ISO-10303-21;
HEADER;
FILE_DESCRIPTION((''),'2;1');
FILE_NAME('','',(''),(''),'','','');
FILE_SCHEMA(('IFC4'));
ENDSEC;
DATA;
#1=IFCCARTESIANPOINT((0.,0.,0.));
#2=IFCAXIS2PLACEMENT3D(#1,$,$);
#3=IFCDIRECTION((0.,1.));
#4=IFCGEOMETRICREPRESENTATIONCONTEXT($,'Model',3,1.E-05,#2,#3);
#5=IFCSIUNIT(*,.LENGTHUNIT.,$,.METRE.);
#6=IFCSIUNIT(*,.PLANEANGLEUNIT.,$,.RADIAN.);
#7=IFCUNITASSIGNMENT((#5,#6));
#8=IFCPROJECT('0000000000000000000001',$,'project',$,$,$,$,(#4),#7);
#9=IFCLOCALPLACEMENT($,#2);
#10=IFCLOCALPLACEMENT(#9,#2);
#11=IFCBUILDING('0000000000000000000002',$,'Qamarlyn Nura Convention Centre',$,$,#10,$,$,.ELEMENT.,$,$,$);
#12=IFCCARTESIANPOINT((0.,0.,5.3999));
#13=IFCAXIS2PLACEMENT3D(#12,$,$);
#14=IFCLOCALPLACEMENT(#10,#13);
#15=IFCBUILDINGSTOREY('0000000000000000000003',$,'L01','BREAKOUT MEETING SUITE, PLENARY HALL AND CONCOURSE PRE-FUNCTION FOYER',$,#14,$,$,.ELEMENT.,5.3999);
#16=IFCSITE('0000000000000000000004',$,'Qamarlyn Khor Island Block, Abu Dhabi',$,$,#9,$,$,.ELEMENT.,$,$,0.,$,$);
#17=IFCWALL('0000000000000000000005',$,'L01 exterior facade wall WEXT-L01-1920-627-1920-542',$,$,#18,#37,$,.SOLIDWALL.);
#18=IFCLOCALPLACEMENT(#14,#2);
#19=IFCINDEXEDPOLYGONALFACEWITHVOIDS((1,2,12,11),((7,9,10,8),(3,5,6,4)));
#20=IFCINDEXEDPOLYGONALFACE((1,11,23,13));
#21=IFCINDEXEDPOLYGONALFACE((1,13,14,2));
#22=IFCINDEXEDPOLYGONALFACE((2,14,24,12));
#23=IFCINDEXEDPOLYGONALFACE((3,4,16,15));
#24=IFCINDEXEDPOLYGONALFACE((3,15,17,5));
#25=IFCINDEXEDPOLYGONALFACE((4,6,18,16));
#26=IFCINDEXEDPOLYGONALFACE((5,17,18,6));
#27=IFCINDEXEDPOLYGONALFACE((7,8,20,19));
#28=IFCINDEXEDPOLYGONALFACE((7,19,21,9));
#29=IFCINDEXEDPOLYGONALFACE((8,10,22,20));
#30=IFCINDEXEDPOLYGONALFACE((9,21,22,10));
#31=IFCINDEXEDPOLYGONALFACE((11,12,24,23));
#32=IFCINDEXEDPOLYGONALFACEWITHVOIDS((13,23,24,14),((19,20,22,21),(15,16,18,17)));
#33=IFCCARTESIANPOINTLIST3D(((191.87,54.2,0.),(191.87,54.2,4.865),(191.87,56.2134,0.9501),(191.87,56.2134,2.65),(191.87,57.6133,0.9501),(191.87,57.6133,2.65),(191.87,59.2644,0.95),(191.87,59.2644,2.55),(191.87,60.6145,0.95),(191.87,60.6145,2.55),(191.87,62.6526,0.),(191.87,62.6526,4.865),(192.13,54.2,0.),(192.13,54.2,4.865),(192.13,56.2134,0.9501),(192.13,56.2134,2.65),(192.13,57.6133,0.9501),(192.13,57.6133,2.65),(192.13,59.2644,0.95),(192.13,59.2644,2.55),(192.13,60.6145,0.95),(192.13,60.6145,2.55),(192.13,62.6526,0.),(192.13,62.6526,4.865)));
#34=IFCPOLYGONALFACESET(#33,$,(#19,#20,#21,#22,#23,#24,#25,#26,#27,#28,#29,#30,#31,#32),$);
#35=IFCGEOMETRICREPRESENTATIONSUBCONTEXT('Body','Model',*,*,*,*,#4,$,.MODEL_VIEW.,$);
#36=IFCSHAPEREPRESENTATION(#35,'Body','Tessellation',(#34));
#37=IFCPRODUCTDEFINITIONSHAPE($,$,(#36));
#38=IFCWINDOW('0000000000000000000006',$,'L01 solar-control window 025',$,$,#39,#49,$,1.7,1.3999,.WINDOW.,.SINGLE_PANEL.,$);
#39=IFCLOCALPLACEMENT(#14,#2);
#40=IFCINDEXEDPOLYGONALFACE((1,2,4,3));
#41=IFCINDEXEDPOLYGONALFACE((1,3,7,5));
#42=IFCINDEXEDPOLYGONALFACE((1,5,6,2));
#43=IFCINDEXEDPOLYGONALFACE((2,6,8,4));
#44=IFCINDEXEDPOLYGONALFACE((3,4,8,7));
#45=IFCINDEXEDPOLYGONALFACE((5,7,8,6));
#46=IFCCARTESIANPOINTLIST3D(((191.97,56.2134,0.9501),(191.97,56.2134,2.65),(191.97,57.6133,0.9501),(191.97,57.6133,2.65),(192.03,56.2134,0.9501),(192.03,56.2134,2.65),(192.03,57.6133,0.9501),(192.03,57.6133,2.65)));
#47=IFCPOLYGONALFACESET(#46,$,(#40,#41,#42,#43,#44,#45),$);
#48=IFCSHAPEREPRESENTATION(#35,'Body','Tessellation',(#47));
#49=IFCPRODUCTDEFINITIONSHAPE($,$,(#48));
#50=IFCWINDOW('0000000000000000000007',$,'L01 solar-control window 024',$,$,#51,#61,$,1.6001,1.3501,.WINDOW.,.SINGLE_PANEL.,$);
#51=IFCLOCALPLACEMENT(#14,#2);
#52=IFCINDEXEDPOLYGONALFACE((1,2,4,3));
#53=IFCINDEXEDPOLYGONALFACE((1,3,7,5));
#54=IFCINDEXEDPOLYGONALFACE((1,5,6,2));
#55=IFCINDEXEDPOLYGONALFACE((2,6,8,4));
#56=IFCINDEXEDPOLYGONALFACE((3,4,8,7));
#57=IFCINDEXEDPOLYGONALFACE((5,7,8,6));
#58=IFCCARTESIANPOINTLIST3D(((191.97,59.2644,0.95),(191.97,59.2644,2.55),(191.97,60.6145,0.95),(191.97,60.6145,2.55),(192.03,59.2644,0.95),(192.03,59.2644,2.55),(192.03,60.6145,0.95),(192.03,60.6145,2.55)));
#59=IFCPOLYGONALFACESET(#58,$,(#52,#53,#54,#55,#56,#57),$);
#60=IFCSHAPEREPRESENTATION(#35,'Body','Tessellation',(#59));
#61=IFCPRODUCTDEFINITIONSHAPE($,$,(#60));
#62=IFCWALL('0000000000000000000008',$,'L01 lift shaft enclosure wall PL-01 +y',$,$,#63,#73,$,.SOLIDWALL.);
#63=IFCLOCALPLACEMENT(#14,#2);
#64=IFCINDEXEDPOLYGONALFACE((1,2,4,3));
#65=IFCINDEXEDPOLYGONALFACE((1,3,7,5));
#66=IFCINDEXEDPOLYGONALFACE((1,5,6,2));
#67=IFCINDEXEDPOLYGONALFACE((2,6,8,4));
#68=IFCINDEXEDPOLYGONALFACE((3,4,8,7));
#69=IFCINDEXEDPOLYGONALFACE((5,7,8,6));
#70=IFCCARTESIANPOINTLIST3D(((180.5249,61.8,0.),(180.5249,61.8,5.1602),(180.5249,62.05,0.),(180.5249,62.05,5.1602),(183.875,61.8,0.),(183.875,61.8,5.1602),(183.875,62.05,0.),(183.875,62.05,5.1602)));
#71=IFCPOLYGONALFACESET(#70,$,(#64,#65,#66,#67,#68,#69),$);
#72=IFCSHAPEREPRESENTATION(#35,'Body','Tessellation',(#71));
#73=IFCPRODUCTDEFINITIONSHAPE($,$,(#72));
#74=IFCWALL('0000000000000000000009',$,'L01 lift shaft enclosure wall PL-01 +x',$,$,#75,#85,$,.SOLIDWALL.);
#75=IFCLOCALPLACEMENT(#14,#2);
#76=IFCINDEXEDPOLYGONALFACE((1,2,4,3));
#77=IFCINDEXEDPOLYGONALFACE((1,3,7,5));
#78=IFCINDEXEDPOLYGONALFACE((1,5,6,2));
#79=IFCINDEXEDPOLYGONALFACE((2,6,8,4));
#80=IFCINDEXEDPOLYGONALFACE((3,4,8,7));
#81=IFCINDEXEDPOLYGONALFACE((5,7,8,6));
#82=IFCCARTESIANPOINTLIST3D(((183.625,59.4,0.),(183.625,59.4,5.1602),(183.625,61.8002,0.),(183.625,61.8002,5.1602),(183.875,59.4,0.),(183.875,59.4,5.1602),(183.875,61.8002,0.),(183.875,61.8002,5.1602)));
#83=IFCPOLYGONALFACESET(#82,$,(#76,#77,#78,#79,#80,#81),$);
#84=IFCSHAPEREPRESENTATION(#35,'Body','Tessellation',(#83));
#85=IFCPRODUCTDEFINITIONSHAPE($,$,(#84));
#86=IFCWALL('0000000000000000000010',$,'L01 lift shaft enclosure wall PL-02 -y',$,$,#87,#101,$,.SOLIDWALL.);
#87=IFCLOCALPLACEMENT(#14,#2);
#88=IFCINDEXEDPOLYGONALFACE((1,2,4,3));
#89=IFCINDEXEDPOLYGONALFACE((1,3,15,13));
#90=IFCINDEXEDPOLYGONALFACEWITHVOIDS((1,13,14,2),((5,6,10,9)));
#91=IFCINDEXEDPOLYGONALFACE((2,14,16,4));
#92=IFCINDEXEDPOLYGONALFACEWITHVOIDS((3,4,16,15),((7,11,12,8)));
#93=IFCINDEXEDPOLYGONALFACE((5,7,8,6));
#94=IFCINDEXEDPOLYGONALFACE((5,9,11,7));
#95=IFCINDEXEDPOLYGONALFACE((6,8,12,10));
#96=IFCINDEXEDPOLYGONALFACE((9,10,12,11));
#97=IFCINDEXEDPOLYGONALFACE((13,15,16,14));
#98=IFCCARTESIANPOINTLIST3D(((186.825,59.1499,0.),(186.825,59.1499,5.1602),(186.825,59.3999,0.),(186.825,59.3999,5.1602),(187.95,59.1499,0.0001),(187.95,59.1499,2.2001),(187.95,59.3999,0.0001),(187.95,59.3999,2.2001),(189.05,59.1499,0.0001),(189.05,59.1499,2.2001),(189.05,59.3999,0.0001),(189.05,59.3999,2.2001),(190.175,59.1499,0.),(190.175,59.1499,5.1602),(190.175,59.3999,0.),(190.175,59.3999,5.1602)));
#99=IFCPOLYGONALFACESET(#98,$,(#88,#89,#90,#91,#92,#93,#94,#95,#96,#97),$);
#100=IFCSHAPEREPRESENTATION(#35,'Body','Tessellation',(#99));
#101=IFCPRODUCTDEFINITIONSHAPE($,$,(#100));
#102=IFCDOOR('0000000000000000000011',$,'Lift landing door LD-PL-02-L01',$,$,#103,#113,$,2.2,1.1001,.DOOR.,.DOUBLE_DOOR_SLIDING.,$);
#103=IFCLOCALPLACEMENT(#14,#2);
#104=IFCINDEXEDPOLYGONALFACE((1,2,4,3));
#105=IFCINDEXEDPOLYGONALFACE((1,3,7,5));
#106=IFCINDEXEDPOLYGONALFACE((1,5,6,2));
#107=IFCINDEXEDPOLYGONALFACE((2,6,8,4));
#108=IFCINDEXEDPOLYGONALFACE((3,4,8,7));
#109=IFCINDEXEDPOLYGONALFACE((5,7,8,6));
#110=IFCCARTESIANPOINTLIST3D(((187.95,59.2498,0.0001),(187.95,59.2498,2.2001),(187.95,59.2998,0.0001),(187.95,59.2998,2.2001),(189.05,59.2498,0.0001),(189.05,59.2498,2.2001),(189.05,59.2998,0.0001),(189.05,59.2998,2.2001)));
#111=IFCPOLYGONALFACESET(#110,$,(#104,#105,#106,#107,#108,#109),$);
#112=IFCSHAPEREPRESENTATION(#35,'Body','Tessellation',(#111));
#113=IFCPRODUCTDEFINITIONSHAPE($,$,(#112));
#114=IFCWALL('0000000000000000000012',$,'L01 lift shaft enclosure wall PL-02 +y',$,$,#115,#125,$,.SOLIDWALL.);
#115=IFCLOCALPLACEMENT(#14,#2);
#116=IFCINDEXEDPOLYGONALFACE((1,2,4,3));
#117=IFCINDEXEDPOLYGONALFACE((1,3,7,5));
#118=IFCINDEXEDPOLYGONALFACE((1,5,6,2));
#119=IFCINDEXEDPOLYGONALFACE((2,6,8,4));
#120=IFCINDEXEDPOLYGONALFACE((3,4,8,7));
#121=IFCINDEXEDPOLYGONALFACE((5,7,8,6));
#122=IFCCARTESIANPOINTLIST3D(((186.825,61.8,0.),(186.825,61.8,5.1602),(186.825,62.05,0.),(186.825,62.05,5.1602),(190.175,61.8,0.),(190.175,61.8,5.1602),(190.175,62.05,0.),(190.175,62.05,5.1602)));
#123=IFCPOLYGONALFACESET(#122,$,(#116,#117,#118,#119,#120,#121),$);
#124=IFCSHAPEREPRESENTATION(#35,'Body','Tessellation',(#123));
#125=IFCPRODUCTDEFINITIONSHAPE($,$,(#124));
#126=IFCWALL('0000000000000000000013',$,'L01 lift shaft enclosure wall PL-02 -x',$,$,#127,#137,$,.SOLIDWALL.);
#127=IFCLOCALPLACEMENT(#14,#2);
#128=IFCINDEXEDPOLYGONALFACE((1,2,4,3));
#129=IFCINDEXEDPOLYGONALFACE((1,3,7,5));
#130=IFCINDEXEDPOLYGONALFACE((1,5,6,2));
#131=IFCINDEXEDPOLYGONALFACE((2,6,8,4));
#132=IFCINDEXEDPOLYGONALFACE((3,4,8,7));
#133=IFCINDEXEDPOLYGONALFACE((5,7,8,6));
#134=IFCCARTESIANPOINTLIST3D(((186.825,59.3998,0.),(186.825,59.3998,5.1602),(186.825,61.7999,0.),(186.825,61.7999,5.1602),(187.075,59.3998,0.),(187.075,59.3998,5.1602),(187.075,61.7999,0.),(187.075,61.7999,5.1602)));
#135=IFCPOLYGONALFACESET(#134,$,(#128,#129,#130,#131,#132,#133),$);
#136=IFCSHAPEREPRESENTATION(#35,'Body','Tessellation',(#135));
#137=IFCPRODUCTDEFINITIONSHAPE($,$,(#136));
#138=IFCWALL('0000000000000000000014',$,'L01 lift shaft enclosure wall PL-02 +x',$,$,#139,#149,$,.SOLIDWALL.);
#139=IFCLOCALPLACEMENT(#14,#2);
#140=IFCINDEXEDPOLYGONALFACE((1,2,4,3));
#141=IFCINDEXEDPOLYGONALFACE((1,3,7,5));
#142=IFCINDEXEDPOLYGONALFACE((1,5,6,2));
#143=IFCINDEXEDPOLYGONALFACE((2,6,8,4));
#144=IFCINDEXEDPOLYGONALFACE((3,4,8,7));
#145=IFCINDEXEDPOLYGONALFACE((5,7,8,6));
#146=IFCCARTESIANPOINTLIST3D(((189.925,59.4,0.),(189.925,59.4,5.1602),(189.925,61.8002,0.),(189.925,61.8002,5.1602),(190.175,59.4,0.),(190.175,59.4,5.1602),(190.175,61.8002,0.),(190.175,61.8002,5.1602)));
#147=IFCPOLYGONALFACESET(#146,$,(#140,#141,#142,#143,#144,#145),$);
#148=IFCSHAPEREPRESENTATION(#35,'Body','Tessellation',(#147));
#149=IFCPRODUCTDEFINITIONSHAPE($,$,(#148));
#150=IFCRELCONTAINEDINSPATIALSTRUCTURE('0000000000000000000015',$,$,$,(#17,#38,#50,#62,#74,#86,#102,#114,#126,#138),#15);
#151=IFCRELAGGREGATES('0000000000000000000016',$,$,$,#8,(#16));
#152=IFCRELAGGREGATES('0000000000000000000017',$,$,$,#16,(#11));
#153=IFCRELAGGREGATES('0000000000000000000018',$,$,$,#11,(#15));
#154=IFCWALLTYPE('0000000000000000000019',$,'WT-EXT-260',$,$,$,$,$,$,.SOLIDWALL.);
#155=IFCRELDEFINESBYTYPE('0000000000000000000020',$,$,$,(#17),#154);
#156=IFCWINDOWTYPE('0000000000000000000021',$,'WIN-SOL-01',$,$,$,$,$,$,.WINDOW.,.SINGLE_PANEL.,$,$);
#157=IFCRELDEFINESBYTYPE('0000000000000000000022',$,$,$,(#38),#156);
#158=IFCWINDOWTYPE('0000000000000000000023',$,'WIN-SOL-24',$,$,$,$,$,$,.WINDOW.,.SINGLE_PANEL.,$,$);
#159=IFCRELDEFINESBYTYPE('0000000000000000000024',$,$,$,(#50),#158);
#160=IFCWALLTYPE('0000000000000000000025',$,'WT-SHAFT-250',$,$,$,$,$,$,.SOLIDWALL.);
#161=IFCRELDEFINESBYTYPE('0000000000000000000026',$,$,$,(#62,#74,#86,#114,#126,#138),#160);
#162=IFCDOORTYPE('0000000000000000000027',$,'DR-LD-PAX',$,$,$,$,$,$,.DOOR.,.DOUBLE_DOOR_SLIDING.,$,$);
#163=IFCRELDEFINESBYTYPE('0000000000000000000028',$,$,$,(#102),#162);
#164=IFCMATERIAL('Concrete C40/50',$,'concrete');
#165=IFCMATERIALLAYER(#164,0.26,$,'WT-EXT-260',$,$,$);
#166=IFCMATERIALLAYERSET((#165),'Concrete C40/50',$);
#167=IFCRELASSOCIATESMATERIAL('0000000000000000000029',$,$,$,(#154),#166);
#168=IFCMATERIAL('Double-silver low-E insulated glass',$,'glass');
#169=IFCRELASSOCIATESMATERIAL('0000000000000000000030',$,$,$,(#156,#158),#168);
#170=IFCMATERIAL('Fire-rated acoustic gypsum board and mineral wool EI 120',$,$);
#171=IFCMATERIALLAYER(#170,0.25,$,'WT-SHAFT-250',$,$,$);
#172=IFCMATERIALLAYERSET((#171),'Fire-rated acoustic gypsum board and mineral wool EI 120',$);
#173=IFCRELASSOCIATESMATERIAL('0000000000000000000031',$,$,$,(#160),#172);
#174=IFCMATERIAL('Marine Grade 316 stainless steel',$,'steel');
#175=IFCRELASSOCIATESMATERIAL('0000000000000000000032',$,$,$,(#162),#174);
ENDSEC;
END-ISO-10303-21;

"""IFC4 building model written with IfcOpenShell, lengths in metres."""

from ifc_helpers import new_model, si_unit, direction, frame, frame_2d, origin, place, context, subcontext, project, spatial, rectangle, extrude, material, layer, layer_set, type_object, element, fill, save


model = new_model("IFC4")

# Units and contexts
model_context = context("Model", 3, precision=1e-05, world=origin(), true_north=direction((0.0, 1.0)))
body_context = subcontext(model_context, "Body", "Model", "MODEL_VIEW")
ifc_project = project(units=[si_unit("LENGTHUNIT", "METRE"), si_unit("PLANEANGLEUNIT", "RADIAN")], contexts=[model_context])

# Site, building, storey
site_placement = place(None, origin())
site = spatial("IfcSite", under=ifc_project, at=site_placement, Name="Qamarlyn Khor Island Block, Abu Dhabi", CompositionType="ELEMENT", RefElevation=0.0)
building_placement = place(site_placement, origin())
building = spatial("IfcBuilding", under=site, at=building_placement, Name="Qamarlyn Nura Convention Centre", CompositionType="ELEMENT")
storey_placement = place(building_placement, frame((0.0, 0.0, 5.3999)))
storey = spatial("IfcBuildingStorey", under=building, at=storey_placement, Name="L01", Description="BREAKOUT MEETING SUITE, PLENARY HALL AND CONCOURSE PRE-FUNCTION FOYER", CompositionType="ELEMENT", Elevation=5.3999)

# Shared definitions
ifc_material_1 = material(Name="Double-silver low-E insulated glass", Category="glass")

# Wall, openings, windows
ifc_material_2 = material(Name="Concrete C40/50", Category="concrete")
ifc_layer_1 = layer(ifc_material_2, 0.26, Name="WT-EXT-260")
ifc_layer_set_1 = layer_set([ifc_layer_1], Name="Concrete C40/50")
wall_type_1 = type_object("IfcWallType", Name="WT-EXT-260", PredefinedType="SOLIDWALL", material=ifc_layer_set_1)
wall_1_placement = place(storey_placement, frame((192.0, 62.6526, 0.0), z_axis=(0.0, 0.0, 1.0), x_axis=(0.0, -1.0, 0.0)))
wall_1 = element("IfcWall", 1, at=wall_1_placement, inside=storey, type_object=wall_type_1, Name="L01 exterior facade wall WEXT-L01-1920-627-1920-542", PredefinedType="SOLIDWALL", context=body_context, shape_type="SweptSolid", body=[
    extrude(rectangle(XDim=8.4526, YDim=0.26, at=frame_2d((4.2263, 0.0))), origin(), (0.0, 0.0, 1.0), 4.865),
])
opening_1_placement = place(wall_1_placement, frame((2.0381, 0.0, 0.95)))
opening_1 = element("IfcOpeningElement", 2, at=opening_1_placement, cuts=wall_1, PredefinedType="OPENING", context=body_context, shape_type="SweptSolid", body=[
    extrude(rectangle(XDim=1.3501, YDim=1.6001, at=frame_2d((0.675, 0.8))), frame((0.0, 0.1401, 0.0), z_axis=(0.0, -1.0, 0.0), x_axis=(1.0, 0.0, 0.0)), (0.0, 0.0, 1.0), 0.28),
])
opening_2_placement = place(wall_1_placement, frame((5.0393, 0.0, 0.95)))
opening_2 = element("IfcOpeningElement", 3, at=opening_2_placement, cuts=wall_1, PredefinedType="OPENING", context=body_context, shape_type="SweptSolid", body=[
    extrude(rectangle(XDim=1.3999, YDim=1.7, at=frame_2d((0.7, 0.8501))), frame((0.0, 0.1401, 0.0), z_axis=(0.0, -1.0, 0.0), x_axis=(1.0, 0.0, 0.0)), (0.0, 0.0, 1.0), 0.28),
])
window_type_1 = type_object("IfcWindowType", Name="WIN-SOL-01", PartitioningType="SINGLE_PANEL", PredefinedType="WINDOW", material=ifc_material_1)
window_1_placement = place(opening_2_placement, origin())
window_1 = element("IfcWindow", 4, at=window_1_placement, inside=storey, type_object=window_type_1, Name="L01 solar-control window 025", OverallHeight=1.7, OverallWidth=1.3999, PartitioningType="SINGLE_PANEL", PredefinedType="WINDOW", context=body_context, shape_type="SweptSolid", body=[
    extrude(rectangle(XDim=1.3999, YDim=1.7, at=frame_2d((0.7, 0.8501))), frame((0.0, 0.03, 0.0), z_axis=(0.0, -1.0, 0.0), x_axis=(1.0, 0.0, 0.0)), (0.0, 0.0, 1.0), 0.0601),
])
fill(opening_2, window_1)
window_type_2 = type_object("IfcWindowType", Name="WIN-SOL-24", PartitioningType="SINGLE_PANEL", PredefinedType="WINDOW", material=ifc_material_1)
window_2_placement = place(opening_1_placement, origin())
window_2 = element("IfcWindow", 5, at=window_2_placement, inside=storey, type_object=window_type_2, Name="L01 solar-control window 024", OverallHeight=1.6001, OverallWidth=1.3501, PartitioningType="SINGLE_PANEL", PredefinedType="WINDOW", context=body_context, shape_type="SweptSolid", body=[
    extrude(rectangle(XDim=1.3501, YDim=1.6001, at=frame_2d((0.675, 0.8))), frame((0.0, 0.03, 0.0), z_axis=(0.0, -1.0, 0.0), x_axis=(1.0, 0.0, 0.0)), (0.0, 0.0, 1.0), 0.0601),
])
fill(opening_1, window_2)

# Walls
ifc_material_3 = material(Name="Fire-rated acoustic gypsum board and mineral wool EI 120")
ifc_layer_2 = layer(ifc_material_3, 0.25, Name="WT-SHAFT-250")
ifc_layer_set_2 = layer_set([ifc_layer_2], Name="Fire-rated acoustic gypsum board and mineral wool EI 120")
wall_type_2 = type_object("IfcWallType", Name="WT-SHAFT-250", PredefinedType="SOLIDWALL", material=ifc_layer_set_2)
wall_2_placement = place(storey_placement, frame((183.875, 61.925, 0.0), z_axis=(0.0, 0.0, 1.0), x_axis=(-1.0, 0.0, 0.0)))
element("IfcWall", 6, at=wall_2_placement, inside=storey, type_object=wall_type_2, Name="L01 lift shaft enclosure wall PL-01 +y", PredefinedType="SOLIDWALL", context=body_context, shape_type="SweptSolid", body=[
    extrude(rectangle(XDim=3.3501, YDim=0.25, at=frame_2d((1.675, 0.0))), origin(), (0.0, 0.0, 1.0), 5.1602),
])
wall_3_placement = place(storey_placement, frame((183.75, 59.3999, 0.0), z_axis=(0.0, 0.0, 1.0), x_axis=(0.0, 1.0, 0.0)))
element("IfcWall", 7, at=wall_3_placement, inside=storey, type_object=wall_type_2, Name="L01 lift shaft enclosure wall PL-01 +x", PredefinedType="SOLIDWALL", context=body_context, shape_type="SweptSolid", body=[
    extrude(rectangle(XDim=2.4001, YDim=0.25, at=frame_2d((1.2002, 0.0))), origin(), (0.0, 0.0, 1.0), 5.1602),
])

# Wall, opening, door
wall_4_placement = place(storey_placement, frame((186.825, 59.2749, 0.0), z_axis=(0.0, 0.0, 1.0), x_axis=(1.0, 0.0, 0.0)))
wall_4 = element("IfcWall", 8, at=wall_4_placement, inside=storey, type_object=wall_type_2, Name="L01 lift shaft enclosure wall PL-02 -y", PredefinedType="SOLIDWALL", context=body_context, shape_type="SweptSolid", body=[
    extrude(rectangle(XDim=3.3501, YDim=0.25, at=frame_2d((1.675, 0.0))), origin(), (0.0, 0.0, 1.0), 5.1602),
])
opening_3_placement = place(wall_4_placement, frame((1.125, 0.0, 0.0)))
opening_3 = element("IfcOpeningElement", 9, at=opening_3_placement, cuts=wall_4, PredefinedType="OPENING", context=body_context, shape_type="SweptSolid", body=[
    extrude(rectangle(XDim=1.1001, YDim=2.2, at=frame_2d((0.55, 1.1001))), frame((0.0, 0.135, 0.0), z_axis=(0.0, -1.0, 0.0), x_axis=(1.0, 0.0, 0.0)), (0.0, 0.0, 1.0), 0.27),
])
ifc_material_4 = material(Name="Marine Grade 316 stainless steel", Category="steel")
door_type = type_object("IfcDoorType", Name="DR-LD-PAX", OperationType="DOUBLE_DOOR_SLIDING", PredefinedType="DOOR", material=ifc_material_4)
door_placement = place(opening_3_placement, origin())
door = element("IfcDoor", 10, at=door_placement, inside=storey, type_object=door_type, Name="Lift landing door LD-PL-02-L01", OperationType="DOUBLE_DOOR_SLIDING", OverallHeight=2.2, OverallWidth=1.1001, PredefinedType="DOOR", context=body_context, shape_type="SweptSolid", body=[
    extrude(rectangle(XDim=1.1001, YDim=2.2, at=frame_2d((0.55, 1.1001))), frame((0.0, 0.0249, 0.0), z_axis=(0.0, -1.0, 0.0), x_axis=(1.0, 0.0, 0.0)), (0.0, 0.0, 1.0), 0.05),
])
fill(opening_3, door)

# Walls
wall_5_placement = place(storey_placement, frame((190.175, 61.925, 0.0), z_axis=(0.0, 0.0, 1.0), x_axis=(-1.0, 0.0, 0.0)))
element("IfcWall", 11, at=wall_5_placement, inside=storey, type_object=wall_type_2, Name="L01 lift shaft enclosure wall PL-02 +y", PredefinedType="SOLIDWALL", context=body_context, shape_type="SweptSolid", body=[
    extrude(rectangle(XDim=3.3501, YDim=0.25, at=frame_2d((1.675, 0.0))), origin(), (0.0, 0.0, 1.0), 5.1602),
])
for number, where, z_axis, x_axis, name in (
    (12, (186.95, 61.8, 0.0), (0.0, 0.0, 1.0), (0.0, -1.0, 0.0), "L01 lift shaft enclosure wall PL-02 -x"),
    (13, (190.05, 59.3999, 0.0), (0.0, 0.0, 1.0), (0.0, 1.0, 0.0), "L01 lift shaft enclosure wall PL-02 +x"),
):
    element("IfcWall", number, at=place(storey_placement, frame(where, z_axis=z_axis, x_axis=x_axis)), inside=storey, type_object=wall_type_2, Name=name, PredefinedType="SOLIDWALL", context=body_context, shape_type="SweptSolid", body=[
        extrude(rectangle(XDim=2.4001, YDim=0.25, at=frame_2d((1.2002, 0.0))), origin(), (0.0, 0.0, 1.0), 5.1602),
    ])

save(model, "model.ifc")
